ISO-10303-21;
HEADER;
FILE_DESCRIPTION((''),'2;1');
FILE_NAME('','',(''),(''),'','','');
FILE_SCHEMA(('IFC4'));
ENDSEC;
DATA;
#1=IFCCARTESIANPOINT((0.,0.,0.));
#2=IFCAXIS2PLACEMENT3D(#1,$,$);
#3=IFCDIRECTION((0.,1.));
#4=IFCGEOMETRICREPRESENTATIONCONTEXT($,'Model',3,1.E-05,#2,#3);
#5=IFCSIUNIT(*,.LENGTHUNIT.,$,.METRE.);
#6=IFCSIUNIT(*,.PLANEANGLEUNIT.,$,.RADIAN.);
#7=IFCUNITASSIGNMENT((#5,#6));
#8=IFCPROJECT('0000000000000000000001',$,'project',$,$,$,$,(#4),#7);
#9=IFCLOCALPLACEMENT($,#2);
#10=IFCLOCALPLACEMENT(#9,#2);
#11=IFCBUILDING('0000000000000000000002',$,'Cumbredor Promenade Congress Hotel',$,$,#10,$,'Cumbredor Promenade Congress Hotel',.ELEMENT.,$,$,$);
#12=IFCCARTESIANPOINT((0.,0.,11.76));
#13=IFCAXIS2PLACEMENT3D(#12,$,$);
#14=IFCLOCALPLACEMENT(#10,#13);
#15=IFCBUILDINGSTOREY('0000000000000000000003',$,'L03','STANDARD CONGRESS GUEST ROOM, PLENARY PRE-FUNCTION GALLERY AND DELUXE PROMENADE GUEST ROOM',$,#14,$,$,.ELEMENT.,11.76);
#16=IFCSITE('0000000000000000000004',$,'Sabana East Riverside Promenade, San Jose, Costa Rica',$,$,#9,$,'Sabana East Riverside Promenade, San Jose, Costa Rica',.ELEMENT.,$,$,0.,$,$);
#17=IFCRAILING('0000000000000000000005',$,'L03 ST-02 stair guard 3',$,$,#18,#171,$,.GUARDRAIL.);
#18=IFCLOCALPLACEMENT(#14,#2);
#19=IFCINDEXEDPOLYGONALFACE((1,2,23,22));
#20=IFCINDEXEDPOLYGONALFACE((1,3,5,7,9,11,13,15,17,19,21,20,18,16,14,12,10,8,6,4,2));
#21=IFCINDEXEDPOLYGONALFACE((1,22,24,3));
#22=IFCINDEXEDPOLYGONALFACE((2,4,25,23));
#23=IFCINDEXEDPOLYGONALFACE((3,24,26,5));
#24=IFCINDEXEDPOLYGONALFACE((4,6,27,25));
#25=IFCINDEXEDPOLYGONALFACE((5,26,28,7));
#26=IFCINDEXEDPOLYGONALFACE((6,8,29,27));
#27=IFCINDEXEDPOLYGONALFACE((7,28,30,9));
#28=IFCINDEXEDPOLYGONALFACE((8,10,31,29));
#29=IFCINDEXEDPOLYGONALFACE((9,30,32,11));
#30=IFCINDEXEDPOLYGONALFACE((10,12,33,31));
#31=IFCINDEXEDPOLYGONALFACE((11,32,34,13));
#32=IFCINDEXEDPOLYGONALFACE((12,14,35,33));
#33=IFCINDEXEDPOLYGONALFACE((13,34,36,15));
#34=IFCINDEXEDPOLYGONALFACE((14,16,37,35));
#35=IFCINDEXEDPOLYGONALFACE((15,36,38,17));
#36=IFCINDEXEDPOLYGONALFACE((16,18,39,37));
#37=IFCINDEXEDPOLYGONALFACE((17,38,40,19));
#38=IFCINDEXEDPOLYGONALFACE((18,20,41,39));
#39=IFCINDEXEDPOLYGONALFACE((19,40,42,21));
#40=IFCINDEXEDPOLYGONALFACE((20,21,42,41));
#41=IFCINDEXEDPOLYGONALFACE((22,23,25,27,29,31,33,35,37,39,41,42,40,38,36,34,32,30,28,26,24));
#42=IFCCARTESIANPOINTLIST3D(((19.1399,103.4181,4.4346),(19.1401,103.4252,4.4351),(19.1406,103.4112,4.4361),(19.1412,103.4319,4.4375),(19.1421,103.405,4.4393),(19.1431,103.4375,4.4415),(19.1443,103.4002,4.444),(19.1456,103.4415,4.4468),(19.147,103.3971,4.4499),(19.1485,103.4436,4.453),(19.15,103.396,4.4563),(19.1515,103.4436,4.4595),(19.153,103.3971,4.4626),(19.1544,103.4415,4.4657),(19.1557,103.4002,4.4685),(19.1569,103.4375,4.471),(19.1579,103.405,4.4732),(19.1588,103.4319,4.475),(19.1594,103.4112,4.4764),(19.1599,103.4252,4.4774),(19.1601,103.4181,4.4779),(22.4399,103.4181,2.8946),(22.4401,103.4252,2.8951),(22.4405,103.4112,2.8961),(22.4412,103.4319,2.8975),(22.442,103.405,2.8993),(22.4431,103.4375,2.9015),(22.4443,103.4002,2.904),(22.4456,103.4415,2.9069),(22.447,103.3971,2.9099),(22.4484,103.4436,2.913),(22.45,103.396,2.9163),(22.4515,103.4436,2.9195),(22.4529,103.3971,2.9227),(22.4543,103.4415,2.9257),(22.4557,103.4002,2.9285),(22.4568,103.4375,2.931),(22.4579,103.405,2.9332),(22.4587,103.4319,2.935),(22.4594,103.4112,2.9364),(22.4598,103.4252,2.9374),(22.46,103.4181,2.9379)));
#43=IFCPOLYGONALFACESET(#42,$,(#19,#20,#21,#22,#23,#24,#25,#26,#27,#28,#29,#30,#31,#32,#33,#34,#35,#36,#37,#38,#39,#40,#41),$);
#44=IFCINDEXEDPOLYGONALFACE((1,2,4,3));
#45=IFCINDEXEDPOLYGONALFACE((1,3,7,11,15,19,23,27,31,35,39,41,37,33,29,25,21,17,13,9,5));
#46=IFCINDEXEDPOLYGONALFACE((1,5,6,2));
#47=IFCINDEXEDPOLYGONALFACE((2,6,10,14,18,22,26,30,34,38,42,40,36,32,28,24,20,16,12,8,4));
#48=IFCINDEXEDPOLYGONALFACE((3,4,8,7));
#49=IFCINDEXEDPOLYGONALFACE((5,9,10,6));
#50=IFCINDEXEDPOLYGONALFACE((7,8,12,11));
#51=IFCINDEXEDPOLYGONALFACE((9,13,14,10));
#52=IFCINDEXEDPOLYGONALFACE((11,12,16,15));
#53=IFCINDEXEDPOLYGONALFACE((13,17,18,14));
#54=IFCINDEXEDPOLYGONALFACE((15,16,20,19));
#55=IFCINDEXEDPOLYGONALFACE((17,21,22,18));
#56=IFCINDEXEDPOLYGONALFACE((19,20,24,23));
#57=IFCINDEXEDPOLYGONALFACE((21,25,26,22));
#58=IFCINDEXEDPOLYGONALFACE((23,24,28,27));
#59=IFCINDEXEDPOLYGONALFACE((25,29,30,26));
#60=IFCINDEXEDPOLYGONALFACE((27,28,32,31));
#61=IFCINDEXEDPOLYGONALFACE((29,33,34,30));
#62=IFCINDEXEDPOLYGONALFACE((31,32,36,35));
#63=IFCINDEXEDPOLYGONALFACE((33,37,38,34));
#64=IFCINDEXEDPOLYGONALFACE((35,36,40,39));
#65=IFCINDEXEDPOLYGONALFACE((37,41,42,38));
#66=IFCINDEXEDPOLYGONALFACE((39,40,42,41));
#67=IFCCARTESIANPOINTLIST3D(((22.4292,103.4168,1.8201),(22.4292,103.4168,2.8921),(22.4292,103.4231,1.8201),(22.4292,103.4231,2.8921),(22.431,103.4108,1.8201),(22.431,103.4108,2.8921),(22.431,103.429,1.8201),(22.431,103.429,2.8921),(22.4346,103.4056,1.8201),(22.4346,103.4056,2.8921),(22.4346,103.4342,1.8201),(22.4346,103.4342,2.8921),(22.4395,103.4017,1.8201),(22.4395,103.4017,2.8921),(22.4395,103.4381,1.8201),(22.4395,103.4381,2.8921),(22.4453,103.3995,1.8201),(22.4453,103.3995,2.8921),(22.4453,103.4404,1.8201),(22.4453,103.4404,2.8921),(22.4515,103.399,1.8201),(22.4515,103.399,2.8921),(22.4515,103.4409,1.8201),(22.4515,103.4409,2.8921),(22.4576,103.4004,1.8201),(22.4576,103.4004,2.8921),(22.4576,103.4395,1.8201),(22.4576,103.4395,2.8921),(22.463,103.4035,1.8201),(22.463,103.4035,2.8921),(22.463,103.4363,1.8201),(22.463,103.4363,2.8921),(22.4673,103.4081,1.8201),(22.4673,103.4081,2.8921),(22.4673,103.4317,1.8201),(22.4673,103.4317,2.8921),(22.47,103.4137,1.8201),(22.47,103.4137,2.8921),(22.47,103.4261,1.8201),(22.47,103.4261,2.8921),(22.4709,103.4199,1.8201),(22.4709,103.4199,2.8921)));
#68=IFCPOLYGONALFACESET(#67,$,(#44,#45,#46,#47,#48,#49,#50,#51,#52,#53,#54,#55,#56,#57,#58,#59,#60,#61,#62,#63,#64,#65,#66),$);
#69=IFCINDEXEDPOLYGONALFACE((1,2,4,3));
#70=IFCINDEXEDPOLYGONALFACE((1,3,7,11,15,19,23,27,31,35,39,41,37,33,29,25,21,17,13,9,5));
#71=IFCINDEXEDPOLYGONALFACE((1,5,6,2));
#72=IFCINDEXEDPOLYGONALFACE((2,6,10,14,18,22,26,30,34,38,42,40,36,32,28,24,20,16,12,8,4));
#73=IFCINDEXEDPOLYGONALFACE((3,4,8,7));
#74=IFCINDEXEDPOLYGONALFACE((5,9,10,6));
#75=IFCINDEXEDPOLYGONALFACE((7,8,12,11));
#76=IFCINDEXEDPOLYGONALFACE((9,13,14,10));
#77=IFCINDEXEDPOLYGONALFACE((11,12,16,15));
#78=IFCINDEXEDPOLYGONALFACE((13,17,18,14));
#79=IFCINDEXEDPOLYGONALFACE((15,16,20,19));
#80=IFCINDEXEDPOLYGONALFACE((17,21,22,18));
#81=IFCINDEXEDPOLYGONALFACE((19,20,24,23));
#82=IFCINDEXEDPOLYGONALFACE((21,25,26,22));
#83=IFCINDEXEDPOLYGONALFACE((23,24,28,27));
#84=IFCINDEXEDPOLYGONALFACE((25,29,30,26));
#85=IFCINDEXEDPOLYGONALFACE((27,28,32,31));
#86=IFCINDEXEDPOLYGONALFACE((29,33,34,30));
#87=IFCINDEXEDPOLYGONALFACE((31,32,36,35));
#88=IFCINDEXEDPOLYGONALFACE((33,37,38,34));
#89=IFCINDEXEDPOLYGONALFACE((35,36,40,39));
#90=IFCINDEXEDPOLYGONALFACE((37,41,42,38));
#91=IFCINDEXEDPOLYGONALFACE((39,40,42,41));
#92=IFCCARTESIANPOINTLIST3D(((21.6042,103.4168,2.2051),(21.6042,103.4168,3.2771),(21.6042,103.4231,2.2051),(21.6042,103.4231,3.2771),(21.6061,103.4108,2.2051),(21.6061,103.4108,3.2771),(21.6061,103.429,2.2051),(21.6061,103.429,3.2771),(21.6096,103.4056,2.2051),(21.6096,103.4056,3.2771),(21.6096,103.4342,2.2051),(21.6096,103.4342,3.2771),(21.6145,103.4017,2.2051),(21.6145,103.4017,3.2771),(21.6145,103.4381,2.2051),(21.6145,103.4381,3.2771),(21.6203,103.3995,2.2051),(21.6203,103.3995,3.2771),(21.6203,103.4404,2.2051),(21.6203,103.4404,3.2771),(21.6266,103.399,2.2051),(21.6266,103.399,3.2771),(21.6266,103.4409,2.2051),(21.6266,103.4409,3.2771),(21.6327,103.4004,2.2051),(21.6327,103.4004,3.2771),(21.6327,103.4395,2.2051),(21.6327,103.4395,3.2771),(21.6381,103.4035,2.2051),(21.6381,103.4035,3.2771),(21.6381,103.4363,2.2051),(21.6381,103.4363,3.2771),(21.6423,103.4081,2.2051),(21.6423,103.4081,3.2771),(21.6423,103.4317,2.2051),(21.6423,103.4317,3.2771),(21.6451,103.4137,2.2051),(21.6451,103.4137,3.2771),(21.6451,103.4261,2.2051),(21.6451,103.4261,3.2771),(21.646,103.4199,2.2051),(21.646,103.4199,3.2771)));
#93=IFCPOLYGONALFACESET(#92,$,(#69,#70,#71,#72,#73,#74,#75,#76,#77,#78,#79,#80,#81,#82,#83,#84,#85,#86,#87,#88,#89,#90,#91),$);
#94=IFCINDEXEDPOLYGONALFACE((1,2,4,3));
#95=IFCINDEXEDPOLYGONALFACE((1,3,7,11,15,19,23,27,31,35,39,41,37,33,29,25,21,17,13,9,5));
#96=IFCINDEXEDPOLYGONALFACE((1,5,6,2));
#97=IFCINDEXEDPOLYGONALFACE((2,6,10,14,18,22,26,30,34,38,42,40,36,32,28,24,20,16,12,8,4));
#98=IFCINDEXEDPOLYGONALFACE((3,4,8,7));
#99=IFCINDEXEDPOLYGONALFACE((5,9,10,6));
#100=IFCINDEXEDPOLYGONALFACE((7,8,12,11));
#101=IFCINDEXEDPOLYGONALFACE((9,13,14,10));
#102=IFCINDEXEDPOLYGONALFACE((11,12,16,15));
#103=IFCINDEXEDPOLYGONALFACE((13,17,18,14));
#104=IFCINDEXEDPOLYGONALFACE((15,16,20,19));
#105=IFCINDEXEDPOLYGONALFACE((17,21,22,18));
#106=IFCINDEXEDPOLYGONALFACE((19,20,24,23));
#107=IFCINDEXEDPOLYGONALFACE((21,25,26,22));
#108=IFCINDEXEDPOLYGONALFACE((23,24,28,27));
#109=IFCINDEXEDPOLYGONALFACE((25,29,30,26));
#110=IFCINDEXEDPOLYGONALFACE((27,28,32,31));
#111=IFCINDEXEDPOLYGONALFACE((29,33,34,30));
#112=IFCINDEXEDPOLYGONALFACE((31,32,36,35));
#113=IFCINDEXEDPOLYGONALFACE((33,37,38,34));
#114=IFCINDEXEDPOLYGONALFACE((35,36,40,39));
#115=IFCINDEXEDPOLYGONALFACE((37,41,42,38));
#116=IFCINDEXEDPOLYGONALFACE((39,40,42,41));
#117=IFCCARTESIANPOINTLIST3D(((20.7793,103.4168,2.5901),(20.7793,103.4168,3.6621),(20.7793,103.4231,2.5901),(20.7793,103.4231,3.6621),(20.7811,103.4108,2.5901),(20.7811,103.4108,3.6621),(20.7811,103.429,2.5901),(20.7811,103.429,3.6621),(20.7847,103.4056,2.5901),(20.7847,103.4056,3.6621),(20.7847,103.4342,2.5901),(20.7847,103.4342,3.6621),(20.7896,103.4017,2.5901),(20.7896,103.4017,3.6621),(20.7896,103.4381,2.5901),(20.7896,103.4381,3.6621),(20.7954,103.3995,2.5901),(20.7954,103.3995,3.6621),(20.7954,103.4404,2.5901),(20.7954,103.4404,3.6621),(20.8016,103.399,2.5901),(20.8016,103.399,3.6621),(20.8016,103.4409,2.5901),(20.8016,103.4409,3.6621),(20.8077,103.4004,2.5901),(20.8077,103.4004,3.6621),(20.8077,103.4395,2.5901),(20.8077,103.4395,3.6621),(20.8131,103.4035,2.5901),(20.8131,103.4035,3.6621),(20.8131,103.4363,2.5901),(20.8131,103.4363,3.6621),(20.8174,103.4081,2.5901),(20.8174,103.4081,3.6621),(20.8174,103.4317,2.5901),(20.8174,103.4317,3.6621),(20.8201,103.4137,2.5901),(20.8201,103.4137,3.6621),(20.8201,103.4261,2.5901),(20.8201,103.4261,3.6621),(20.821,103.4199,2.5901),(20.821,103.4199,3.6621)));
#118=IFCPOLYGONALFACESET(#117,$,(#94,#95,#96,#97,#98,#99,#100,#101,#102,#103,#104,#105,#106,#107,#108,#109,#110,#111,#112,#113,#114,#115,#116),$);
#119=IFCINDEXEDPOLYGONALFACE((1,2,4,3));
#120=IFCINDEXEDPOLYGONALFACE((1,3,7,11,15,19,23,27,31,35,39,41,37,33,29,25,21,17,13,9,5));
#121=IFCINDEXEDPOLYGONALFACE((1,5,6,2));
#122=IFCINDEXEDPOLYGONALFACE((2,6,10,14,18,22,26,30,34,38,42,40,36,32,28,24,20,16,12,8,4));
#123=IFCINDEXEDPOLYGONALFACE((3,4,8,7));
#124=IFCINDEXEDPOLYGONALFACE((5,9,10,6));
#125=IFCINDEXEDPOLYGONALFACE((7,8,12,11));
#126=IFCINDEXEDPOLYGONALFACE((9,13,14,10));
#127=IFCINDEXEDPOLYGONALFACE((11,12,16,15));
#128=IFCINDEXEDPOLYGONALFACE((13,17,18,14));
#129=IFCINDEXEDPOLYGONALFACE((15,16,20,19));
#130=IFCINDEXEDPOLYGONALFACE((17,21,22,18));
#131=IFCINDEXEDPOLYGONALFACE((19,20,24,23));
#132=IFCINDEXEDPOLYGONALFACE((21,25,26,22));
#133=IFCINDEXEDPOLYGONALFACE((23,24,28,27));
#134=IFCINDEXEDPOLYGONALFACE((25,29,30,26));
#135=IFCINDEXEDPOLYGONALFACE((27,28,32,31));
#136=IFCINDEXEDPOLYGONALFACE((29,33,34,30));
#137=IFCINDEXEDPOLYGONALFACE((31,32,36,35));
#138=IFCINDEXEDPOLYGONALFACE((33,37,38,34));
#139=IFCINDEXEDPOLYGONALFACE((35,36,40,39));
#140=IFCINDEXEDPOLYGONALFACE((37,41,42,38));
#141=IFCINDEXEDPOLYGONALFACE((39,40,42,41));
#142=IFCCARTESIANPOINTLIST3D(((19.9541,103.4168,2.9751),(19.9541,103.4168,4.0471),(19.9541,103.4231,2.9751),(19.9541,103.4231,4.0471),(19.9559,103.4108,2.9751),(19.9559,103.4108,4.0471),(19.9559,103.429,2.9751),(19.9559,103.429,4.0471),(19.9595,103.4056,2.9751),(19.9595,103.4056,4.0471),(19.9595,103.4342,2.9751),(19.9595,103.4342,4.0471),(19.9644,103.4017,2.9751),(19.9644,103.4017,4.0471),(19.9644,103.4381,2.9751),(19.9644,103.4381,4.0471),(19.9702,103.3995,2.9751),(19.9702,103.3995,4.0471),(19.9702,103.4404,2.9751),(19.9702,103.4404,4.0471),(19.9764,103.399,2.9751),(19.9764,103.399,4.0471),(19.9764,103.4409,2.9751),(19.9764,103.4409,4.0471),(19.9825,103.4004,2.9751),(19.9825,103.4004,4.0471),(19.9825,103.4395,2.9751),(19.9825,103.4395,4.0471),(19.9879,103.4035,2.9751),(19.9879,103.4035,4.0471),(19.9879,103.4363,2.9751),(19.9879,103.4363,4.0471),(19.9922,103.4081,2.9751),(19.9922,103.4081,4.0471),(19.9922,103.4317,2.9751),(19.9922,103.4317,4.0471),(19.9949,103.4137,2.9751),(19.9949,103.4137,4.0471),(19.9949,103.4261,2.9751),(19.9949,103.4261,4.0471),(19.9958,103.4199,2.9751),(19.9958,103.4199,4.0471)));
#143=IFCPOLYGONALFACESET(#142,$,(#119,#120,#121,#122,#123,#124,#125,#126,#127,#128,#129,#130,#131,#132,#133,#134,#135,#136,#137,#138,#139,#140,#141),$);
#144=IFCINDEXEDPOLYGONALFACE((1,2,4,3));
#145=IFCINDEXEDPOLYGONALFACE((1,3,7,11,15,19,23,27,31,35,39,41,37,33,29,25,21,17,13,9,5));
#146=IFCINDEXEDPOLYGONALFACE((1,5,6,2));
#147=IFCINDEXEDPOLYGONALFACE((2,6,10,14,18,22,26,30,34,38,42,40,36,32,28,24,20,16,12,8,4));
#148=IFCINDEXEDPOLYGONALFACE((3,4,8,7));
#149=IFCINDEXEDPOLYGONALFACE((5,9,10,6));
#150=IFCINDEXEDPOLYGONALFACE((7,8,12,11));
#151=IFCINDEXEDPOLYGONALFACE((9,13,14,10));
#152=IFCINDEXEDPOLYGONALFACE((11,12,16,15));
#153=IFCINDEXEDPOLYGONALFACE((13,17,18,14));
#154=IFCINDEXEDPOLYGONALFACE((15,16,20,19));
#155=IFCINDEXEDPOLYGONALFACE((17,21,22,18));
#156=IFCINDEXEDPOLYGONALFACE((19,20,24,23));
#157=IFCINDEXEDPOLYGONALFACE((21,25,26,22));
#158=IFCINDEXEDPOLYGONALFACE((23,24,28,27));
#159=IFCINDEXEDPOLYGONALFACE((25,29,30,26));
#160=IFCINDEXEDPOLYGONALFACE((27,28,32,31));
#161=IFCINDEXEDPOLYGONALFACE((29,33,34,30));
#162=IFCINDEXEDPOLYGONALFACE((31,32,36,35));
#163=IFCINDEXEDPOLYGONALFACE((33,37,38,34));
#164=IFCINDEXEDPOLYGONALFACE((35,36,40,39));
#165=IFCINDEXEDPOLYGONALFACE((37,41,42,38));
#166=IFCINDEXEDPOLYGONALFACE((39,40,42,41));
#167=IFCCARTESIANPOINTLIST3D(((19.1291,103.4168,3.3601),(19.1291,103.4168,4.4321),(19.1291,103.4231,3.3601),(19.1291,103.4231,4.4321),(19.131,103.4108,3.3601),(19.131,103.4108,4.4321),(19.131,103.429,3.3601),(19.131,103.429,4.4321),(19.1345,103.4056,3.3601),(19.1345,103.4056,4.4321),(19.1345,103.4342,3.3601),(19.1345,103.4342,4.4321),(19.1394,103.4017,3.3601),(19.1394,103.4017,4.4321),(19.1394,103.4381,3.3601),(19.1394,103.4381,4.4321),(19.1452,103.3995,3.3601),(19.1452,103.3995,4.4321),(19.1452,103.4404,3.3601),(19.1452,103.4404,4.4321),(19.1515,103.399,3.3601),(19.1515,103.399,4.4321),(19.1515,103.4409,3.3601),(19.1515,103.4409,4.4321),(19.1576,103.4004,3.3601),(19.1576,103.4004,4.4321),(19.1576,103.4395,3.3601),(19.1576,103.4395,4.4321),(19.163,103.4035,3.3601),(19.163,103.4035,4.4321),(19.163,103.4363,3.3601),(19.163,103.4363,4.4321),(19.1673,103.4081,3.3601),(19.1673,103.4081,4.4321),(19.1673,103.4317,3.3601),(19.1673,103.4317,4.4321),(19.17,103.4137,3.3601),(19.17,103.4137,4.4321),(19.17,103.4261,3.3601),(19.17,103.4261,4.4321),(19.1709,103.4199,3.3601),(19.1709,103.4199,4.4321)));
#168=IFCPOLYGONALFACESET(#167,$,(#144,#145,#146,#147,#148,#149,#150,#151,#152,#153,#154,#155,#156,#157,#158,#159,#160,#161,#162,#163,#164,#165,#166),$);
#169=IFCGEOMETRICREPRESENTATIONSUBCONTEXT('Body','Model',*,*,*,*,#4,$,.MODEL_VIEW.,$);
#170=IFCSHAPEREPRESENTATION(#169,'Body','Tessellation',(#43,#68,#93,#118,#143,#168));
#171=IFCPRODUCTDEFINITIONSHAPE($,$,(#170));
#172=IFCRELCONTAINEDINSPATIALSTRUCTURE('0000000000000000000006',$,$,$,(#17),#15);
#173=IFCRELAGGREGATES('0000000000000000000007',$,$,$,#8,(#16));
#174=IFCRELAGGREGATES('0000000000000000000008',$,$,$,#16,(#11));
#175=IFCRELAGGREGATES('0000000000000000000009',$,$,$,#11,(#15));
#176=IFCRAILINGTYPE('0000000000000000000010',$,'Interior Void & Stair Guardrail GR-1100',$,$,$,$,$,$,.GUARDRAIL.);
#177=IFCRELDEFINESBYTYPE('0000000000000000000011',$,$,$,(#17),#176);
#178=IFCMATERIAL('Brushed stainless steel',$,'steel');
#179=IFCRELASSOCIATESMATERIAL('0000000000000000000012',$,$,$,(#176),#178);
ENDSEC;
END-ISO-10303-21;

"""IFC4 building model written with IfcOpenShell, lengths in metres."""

from ifc_helpers import new_model, si_unit, direction, frame, origin, origin_2d, place, context, subcontext, project, spatial, circle, extrude, material, type_object, element, save


model = new_model("IFC4")

# Units and contexts
model_context = context("Model", 3, precision=1e-05, world=origin(), true_north=direction((0.0, 1.0)))
body_context = subcontext(model_context, "Body", "Model", "MODEL_VIEW")
ifc_project = project(units=[si_unit("LENGTHUNIT", "METRE"), si_unit("PLANEANGLEUNIT", "RADIAN")], contexts=[model_context])

# Site, building, storey
site_placement = place(None, origin())
site = spatial("IfcSite", under=ifc_project, at=site_placement, Name="Sabana East Riverside Promenade, San Jose, Costa Rica", LongName="Sabana East Riverside Promenade, San Jose, Costa Rica", CompositionType="ELEMENT", RefElevation=0.0)
building_placement = place(site_placement, origin())
building = spatial("IfcBuilding", under=site, at=building_placement, Name="Cumbredor Promenade Congress Hotel", LongName="Cumbredor Promenade Congress Hotel", CompositionType="ELEMENT")
storey_placement = place(building_placement, frame((0.0, 0.0, 11.76)))
storey = spatial("IfcBuildingStorey", under=building, at=storey_placement, Name="L03", Description="STANDARD CONGRESS GUEST ROOM, PLENARY PRE-FUNCTION GALLERY AND DELUXE PROMENADE GUEST ROOM", CompositionType="ELEMENT", Elevation=11.76)

# Shared definitions
ifc_material_1 = material(Name="Brushed stainless steel", Category="steel")

# Railing
railing_type_1 = type_object("IfcRailingType", Name="Interior Void & Stair Guardrail GR-1100", PredefinedType="GUARDRAIL", material=ifc_material_1)
railing_1_placement = place(storey_placement, frame((22.45, 103.4199, 1.8201)))
element("IfcRailing", 1, at=railing_1_placement, inside=storey, type_object=railing_type_1, Name="L03 ST-02 stair guard 3", PredefinedType="GUARDRAIL", context=body_context, shape_type="SweptSolid", body=[
    extrude(circle(Radius=0.0239, at=origin_2d()), frame((0.0, 0.0, 1.0962), z_axis=(-0.906181, 0.0, 0.422889), x_axis=(0.0, -1.0, 0.0)), (0.0, 0.0, 1.0), 3.6416),
    extrude(circle(Radius=0.021, at=origin_2d()), origin(), (0.0, 0.0, 1.0), 1.072),
    extrude(circle(Radius=0.021, at=origin_2d()), frame((-0.825, 0.0, 0.385)), (0.0, 0.0, 1.0), 1.072),
    extrude(circle(Radius=0.021, at=origin_2d()), frame((-1.6499, 0.0, 0.77)), (0.0, 0.0, 1.0), 1.072),
    extrude(circle(Radius=0.021, at=origin_2d()), frame((-2.4751, 0.0, 1.155)), (0.0, 0.0, 1.0), 1.072),
    extrude(circle(Radius=0.021, at=origin_2d()), frame((-3.3, 0.0, 1.54)), (0.0, 0.0, 1.0), 1.072),
])

save(model, "model.ifc")
